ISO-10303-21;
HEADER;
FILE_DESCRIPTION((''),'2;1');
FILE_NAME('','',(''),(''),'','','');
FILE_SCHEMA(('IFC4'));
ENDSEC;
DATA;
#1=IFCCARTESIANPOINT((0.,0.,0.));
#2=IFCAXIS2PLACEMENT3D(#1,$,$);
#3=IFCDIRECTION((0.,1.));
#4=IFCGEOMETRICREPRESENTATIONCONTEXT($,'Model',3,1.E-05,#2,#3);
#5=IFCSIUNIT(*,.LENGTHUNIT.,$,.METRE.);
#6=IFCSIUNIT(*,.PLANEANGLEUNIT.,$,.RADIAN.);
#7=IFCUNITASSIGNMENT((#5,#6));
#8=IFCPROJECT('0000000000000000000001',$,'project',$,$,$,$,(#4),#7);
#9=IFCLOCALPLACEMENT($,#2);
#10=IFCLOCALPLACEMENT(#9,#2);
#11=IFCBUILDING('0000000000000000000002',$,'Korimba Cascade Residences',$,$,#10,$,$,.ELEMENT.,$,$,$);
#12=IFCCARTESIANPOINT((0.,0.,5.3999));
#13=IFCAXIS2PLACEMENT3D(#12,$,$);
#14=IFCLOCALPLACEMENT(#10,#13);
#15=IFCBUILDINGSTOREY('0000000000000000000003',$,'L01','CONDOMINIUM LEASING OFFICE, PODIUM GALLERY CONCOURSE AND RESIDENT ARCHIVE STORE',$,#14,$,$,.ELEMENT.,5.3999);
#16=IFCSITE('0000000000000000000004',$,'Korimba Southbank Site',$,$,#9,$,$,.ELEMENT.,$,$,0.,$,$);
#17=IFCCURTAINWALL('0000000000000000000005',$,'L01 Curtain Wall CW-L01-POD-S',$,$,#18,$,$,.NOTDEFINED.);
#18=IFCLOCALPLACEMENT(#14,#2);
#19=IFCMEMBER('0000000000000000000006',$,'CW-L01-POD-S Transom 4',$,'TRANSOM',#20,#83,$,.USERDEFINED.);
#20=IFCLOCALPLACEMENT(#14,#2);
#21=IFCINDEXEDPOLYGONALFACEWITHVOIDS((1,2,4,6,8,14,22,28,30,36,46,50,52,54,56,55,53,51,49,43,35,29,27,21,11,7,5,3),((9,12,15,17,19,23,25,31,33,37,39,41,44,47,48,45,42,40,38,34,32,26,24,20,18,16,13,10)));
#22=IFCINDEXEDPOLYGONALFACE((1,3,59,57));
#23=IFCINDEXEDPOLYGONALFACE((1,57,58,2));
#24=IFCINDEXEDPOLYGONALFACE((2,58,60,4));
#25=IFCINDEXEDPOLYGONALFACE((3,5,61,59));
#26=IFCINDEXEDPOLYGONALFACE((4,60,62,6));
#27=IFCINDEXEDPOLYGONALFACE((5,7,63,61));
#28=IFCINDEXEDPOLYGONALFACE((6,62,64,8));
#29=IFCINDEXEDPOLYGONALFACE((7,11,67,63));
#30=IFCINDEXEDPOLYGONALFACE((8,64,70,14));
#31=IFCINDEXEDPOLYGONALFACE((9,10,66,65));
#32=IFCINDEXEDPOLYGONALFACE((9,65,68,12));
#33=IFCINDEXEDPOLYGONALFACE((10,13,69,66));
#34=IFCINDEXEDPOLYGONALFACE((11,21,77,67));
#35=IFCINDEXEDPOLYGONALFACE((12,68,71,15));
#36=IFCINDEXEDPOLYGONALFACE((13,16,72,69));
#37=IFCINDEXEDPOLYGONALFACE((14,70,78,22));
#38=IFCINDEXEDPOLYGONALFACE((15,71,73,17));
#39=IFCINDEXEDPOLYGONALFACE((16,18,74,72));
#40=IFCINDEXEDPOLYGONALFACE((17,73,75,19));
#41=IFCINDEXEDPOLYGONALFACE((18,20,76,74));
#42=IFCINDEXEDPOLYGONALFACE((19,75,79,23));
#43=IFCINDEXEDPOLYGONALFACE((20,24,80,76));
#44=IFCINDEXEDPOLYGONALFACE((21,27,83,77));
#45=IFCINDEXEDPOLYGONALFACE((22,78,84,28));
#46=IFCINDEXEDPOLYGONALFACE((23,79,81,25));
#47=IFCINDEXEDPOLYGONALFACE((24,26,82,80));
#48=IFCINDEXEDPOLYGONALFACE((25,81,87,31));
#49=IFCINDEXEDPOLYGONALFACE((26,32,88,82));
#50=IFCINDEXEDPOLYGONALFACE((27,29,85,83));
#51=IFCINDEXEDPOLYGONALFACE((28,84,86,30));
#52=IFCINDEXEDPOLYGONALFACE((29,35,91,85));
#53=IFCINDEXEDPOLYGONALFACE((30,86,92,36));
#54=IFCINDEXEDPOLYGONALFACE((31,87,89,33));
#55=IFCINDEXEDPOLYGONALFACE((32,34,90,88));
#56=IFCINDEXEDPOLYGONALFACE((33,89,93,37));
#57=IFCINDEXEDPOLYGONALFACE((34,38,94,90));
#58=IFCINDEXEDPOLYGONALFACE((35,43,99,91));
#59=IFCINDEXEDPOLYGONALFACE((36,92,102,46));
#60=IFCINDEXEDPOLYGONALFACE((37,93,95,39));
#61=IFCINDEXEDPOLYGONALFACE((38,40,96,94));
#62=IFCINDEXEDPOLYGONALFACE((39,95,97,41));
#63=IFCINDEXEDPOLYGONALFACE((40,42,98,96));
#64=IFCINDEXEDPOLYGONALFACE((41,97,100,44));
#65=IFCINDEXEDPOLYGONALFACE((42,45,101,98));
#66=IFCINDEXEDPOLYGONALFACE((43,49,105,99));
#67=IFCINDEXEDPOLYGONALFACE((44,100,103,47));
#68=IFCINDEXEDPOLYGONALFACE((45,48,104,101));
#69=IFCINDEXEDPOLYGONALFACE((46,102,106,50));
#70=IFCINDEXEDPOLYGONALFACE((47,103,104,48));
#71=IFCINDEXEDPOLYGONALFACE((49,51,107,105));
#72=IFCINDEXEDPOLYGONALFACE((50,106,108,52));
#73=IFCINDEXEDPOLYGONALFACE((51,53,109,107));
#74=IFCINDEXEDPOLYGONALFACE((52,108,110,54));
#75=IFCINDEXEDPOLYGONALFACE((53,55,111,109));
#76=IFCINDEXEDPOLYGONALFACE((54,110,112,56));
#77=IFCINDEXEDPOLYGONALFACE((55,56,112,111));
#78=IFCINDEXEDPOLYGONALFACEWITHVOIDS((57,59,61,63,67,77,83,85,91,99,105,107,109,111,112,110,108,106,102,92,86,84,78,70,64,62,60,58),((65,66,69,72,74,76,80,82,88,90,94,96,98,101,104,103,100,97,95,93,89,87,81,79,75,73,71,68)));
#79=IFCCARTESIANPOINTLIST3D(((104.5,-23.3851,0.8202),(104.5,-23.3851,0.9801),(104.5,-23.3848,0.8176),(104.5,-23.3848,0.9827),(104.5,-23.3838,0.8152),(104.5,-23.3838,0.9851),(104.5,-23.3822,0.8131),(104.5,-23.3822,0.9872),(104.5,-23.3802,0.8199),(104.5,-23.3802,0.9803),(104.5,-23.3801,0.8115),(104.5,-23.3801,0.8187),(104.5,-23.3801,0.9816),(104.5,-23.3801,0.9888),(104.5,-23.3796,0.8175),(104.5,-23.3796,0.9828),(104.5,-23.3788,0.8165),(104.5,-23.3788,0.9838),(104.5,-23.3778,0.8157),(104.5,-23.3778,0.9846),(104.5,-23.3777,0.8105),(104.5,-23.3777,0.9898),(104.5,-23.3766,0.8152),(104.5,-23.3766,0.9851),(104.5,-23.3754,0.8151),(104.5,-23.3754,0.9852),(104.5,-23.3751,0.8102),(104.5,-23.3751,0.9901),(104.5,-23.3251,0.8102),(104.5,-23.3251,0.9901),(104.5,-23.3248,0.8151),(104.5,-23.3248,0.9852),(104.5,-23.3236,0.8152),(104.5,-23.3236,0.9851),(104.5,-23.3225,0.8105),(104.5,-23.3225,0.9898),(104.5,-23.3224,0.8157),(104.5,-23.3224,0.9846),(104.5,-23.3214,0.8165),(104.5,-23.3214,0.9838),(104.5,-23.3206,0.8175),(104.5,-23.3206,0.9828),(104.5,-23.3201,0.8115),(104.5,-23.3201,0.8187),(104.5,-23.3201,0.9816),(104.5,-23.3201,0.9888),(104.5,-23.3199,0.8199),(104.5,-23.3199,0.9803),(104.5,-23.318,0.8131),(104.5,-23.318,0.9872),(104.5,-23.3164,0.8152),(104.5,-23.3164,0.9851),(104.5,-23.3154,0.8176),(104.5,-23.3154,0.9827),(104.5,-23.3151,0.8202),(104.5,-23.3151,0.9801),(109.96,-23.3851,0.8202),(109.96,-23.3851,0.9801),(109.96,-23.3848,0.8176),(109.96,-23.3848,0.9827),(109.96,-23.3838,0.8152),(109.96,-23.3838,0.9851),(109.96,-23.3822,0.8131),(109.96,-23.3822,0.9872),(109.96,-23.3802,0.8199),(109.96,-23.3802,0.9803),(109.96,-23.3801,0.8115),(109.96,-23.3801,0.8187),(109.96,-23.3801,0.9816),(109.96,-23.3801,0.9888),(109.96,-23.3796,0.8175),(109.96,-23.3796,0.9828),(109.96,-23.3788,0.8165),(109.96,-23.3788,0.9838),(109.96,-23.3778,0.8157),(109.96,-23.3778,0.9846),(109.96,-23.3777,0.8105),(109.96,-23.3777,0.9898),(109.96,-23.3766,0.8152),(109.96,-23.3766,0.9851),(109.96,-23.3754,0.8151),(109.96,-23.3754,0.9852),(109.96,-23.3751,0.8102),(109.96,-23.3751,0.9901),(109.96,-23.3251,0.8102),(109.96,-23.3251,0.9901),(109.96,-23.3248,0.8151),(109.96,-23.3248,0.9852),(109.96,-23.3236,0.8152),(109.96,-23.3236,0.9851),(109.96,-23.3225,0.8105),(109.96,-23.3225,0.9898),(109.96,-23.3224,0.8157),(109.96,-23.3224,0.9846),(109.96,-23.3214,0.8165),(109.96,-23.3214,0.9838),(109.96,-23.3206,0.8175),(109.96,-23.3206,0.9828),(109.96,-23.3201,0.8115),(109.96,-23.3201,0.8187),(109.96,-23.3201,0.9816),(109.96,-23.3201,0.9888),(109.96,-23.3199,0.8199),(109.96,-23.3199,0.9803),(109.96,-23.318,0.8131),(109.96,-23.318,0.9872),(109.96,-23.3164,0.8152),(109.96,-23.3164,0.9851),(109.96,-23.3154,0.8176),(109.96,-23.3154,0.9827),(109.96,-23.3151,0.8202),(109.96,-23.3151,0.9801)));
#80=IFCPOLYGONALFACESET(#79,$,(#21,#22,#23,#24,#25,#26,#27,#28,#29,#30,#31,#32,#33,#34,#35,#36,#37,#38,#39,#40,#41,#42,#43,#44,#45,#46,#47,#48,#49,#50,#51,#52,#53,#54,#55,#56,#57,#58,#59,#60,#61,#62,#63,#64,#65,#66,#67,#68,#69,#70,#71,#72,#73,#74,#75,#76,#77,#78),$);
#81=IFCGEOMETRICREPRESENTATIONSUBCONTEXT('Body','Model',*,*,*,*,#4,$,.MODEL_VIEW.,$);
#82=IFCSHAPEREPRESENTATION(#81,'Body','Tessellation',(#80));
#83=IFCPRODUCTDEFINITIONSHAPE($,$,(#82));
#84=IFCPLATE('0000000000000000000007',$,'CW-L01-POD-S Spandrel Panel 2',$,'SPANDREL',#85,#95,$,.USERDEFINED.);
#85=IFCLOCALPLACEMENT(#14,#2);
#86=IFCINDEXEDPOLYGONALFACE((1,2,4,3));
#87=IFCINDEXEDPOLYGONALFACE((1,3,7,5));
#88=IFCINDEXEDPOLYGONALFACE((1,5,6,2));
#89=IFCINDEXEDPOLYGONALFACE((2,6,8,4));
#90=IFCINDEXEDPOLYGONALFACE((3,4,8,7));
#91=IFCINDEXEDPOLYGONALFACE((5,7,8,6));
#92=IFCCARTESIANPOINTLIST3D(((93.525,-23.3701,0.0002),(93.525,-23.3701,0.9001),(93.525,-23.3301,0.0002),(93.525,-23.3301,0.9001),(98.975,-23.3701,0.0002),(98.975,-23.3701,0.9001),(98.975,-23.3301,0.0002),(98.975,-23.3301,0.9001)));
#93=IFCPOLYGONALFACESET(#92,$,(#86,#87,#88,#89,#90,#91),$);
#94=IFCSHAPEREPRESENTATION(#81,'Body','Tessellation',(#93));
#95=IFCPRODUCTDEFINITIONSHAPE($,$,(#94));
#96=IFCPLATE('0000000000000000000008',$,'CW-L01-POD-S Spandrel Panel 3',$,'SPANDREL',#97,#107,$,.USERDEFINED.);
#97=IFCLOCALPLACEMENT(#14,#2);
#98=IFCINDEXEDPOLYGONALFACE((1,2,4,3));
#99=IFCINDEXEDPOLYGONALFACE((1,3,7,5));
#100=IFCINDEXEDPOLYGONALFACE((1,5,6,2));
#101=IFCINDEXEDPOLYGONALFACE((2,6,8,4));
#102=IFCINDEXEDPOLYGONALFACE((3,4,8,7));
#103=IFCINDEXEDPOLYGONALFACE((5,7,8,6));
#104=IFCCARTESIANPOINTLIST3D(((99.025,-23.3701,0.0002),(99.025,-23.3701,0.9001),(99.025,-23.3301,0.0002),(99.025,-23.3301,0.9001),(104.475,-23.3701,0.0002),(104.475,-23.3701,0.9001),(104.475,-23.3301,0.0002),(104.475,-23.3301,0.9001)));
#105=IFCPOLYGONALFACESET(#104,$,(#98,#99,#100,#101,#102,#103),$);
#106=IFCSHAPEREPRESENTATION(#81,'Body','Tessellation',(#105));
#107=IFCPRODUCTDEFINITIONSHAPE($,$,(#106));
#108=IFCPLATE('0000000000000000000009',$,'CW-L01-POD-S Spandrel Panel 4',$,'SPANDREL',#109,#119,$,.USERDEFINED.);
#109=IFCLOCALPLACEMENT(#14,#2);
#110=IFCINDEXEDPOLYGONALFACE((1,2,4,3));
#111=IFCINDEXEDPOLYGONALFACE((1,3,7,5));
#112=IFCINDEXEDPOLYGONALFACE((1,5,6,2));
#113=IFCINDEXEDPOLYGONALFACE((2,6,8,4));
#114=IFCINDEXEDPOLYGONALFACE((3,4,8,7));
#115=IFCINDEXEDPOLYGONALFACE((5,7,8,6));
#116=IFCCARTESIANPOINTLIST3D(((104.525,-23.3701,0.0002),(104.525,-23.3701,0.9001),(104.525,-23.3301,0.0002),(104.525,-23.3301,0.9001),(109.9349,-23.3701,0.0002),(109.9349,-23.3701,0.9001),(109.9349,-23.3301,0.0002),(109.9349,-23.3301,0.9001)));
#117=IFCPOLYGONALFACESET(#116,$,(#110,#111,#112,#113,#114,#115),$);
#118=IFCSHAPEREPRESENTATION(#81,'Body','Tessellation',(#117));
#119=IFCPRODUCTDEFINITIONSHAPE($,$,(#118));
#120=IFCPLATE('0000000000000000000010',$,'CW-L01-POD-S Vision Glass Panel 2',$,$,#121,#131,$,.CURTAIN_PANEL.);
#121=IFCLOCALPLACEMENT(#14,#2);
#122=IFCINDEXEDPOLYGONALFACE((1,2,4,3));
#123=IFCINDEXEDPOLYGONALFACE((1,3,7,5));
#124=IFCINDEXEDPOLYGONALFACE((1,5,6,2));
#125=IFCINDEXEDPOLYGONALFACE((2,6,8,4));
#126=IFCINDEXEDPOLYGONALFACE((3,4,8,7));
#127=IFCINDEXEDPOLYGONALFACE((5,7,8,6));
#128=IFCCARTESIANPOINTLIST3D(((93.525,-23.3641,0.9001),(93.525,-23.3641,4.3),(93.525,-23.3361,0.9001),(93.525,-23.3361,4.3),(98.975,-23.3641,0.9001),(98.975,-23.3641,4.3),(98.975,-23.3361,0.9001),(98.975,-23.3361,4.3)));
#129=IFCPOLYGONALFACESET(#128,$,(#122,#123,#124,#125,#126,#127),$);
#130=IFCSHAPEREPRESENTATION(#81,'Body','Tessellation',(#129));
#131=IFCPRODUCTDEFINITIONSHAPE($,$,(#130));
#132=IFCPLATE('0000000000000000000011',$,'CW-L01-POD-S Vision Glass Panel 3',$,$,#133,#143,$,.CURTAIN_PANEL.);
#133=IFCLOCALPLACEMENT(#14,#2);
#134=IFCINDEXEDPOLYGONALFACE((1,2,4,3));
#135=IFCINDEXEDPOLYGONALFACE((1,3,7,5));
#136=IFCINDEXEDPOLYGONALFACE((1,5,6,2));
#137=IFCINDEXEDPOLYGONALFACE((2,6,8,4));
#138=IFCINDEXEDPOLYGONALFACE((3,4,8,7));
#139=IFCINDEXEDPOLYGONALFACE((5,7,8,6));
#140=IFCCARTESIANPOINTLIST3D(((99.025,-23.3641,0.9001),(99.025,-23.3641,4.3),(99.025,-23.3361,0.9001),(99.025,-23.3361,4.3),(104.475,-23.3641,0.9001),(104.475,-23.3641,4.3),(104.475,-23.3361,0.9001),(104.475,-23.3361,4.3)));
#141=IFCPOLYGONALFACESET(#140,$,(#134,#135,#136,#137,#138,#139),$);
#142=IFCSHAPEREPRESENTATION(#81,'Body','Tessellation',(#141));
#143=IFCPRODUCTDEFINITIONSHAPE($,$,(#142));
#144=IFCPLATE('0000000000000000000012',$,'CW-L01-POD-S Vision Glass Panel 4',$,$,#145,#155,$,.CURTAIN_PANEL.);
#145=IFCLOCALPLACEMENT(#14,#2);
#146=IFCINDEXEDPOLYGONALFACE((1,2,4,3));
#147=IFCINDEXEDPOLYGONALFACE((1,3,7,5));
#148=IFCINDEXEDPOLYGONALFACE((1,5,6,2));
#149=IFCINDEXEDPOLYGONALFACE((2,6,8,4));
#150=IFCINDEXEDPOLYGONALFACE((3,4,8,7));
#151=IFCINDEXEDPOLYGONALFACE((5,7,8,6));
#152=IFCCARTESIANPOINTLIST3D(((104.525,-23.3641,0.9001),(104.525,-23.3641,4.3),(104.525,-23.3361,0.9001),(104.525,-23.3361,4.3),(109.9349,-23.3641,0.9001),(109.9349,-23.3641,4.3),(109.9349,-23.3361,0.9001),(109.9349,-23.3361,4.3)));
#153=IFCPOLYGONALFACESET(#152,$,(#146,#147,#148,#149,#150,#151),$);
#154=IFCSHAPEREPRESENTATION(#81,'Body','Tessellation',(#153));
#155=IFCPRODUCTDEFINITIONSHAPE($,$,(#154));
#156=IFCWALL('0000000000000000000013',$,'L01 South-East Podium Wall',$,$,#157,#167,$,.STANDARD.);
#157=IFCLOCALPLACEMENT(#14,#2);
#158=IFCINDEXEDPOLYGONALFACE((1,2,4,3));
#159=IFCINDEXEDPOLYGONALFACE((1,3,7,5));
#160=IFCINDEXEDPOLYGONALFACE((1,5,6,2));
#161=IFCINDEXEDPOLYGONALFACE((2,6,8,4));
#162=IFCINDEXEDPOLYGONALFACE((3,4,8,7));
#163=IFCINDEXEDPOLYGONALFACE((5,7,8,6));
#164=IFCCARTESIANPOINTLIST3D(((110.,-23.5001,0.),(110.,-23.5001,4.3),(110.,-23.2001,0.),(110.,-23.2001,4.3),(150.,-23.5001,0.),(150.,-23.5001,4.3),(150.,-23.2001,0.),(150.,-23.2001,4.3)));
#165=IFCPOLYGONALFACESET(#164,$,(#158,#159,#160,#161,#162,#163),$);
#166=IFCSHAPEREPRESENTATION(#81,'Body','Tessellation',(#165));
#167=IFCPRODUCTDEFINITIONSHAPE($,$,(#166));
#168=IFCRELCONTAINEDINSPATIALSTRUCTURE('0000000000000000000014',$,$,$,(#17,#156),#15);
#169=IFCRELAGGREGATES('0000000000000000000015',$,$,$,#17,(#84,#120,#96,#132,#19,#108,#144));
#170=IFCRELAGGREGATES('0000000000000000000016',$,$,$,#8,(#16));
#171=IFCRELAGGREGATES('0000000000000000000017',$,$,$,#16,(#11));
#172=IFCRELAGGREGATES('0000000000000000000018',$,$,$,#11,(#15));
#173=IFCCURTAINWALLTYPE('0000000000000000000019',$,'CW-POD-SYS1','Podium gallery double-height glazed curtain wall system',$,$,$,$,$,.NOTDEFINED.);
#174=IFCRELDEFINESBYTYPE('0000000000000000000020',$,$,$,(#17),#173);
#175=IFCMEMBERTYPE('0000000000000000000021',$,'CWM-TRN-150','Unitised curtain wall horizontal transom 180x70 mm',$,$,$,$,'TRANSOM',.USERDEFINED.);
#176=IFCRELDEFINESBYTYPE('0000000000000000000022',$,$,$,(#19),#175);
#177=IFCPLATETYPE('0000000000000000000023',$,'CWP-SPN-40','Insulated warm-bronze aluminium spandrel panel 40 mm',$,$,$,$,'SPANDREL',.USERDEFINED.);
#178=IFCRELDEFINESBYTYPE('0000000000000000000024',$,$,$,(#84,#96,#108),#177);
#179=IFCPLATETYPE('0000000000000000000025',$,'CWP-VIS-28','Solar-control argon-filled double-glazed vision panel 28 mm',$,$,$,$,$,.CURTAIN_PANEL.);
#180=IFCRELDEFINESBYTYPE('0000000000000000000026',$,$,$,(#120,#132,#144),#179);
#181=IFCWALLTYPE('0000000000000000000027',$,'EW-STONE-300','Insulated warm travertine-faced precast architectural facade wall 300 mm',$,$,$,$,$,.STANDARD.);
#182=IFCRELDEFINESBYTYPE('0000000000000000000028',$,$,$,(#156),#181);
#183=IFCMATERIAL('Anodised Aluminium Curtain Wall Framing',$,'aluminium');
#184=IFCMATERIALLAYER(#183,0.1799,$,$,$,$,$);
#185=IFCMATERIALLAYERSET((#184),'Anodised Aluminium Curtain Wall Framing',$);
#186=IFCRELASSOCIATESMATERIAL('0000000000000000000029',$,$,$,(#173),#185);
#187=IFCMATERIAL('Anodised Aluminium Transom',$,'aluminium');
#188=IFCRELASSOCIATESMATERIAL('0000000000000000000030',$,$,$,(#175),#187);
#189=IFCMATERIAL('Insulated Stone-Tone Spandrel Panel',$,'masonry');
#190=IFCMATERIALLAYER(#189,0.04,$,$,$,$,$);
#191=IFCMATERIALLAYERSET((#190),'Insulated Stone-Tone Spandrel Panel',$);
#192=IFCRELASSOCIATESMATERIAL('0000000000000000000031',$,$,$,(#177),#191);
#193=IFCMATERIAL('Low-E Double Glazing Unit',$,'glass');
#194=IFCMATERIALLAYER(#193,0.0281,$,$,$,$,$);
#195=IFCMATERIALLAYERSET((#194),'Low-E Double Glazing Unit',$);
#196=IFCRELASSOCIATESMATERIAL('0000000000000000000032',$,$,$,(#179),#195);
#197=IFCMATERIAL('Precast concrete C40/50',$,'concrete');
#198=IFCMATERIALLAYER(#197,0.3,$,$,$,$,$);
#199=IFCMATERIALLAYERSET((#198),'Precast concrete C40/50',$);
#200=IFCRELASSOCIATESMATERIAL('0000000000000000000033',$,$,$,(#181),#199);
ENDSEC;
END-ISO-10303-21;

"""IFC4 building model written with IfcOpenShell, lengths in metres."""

from ifc_helpers import new_model, si_unit, direction, frame, frame_2d, origin, origin_2d, place, context, subcontext, project, spatial, rectangle, hollow_rectangle, extrude, material, layer, layer_set, material_profile, profile_set, type_object, element, aggregate, save


model = new_model("IFC4")

# Units and contexts
model_context = context("Model", 3, precision=1e-05, world=origin(), true_north=direction((0.0, 1.0)))
body_context = subcontext(model_context, "Body", "Model", "MODEL_VIEW")
ifc_project = project(units=[si_unit("LENGTHUNIT", "METRE"), si_unit("PLANEANGLEUNIT", "RADIAN")], contexts=[model_context])

# Site, building, storey
site_placement = place(None, origin())
site = spatial("IfcSite", under=ifc_project, at=site_placement, Name="Korimba Southbank Site", CompositionType="ELEMENT", RefElevation=0.0)
building_placement = place(site_placement, origin())
building = spatial("IfcBuilding", under=site, at=building_placement, Name="Korimba Cascade Residences", CompositionType="ELEMENT")
storey_placement = place(building_placement, frame((0.0, 0.0, 5.3999)))
storey = spatial("IfcBuildingStorey", under=building, at=storey_placement, Name="L01", Description="CONDOMINIUM LEASING OFFICE, PODIUM GALLERY CONCOURSE AND RESIDENT ARCHIVE STORE", CompositionType="ELEMENT", Elevation=5.3999)

# Curtain wall, member, plates
ifc_material_1 = material(Name="Anodised Aluminium Curtain Wall Framing", Category="aluminium")
ifc_layer_1 = layer(ifc_material_1, 0.1799)
ifc_layer_set_1 = layer_set([ifc_layer_1], Name="Anodised Aluminium Curtain Wall Framing")
curtain_wall_type = type_object("IfcCurtainWallType", Name="CW-POD-SYS1", Description="Podium gallery double-height glazed curtain wall system", PredefinedType="NOTDEFINED", material=ifc_layer_set_1)
curtain_wall_placement = place(storey_placement, origin())
curtain_wall = element("IfcCurtainWall", 1, at=curtain_wall_placement, inside=storey, type_object=curtain_wall_type, Name="L01 Curtain Wall CW-L01-POD-S", PredefinedType="NOTDEFINED")
ifc_material_2 = material(Name="Anodised Aluminium Transom", Category="aluminium")
ifc_material_profile_1 = material_profile(ifc_material_2, hollow_rectangle(XDim=0.0701, YDim=0.1799, WallThickness=0.0049, InnerFilletRadius=0.0049, OuterFilletRadius=0.01, at=origin_2d()), Name="Anodised Aluminium Transom")
ifc_profile_set_1 = profile_set([ifc_material_profile_1], Name="Anodised Aluminium Transom")
member_type_1 = type_object("IfcMemberType", Name="CWM-TRN-150", Description="Unitised curtain wall horizontal transom 180x70 mm", ElementType="TRANSOM", PredefinedType="USERDEFINED", material=ifc_profile_set_1)
member_1_placement = place(storey_placement, frame((104.5, -23.3501, 0.9001), z_axis=(1.0, 0.0, 0.0), x_axis=(0.0, 1.0, 0.0)))
member_1 = element("IfcMember", 2, at=member_1_placement, type_object=member_type_1, Name="CW-L01-POD-S Transom 4", ObjectType="TRANSOM", PredefinedType="USERDEFINED", context=body_context, shape_type="SweptSolid", body=[
    extrude(hollow_rectangle(XDim=0.0701, YDim=0.1799, WallThickness=0.0049, InnerFilletRadius=0.0049, OuterFilletRadius=0.01, at=origin_2d()), origin(), (0.0, 0.0, 1.0), 5.46),
])
ifc_material_3 = material(Name="Insulated Stone-Tone Spandrel Panel", Category="masonry")
ifc_layer_2 = layer(ifc_material_3, 0.04)
ifc_layer_set_2 = layer_set([ifc_layer_2], Name="Insulated Stone-Tone Spandrel Panel")
plate_type_1 = type_object("IfcPlateType", Name="CWP-SPN-40", Description="Insulated warm-bronze aluminium spandrel panel 40 mm", ElementType="SPANDREL", PredefinedType="USERDEFINED", material=ifc_layer_set_2)
plate_1_placement = place(storey_placement, frame((96.25, -23.3501, 0.0002), z_axis=(0.0, 0.0, 1.0), x_axis=(1.0, 0.0, 0.0)))
plate_1 = element("IfcPlate", 3, at=plate_1_placement, type_object=plate_type_1, Name="CW-L01-POD-S Spandrel Panel 2", ObjectType="SPANDREL", PredefinedType="USERDEFINED", context=body_context, shape_type="SweptSolid", body=[
    extrude(rectangle(XDim=5.45, YDim=0.04, at=origin_2d()), origin(), (0.0, 0.0, 1.0), 0.8999),
])
plate_2_placement = place(storey_placement, frame((101.75, -23.3501, 0.0002), z_axis=(0.0, 0.0, 1.0), x_axis=(1.0, 0.0, 0.0)))
plate_2 = element("IfcPlate", 4, at=plate_2_placement, type_object=plate_type_1, Name="CW-L01-POD-S Spandrel Panel 3", ObjectType="SPANDREL", PredefinedType="USERDEFINED", context=body_context, shape_type="SweptSolid", body=[
    extrude(rectangle(XDim=5.45, YDim=0.04, at=origin_2d()), origin(), (0.0, 0.0, 1.0), 0.8999),
])
plate_3_placement = place(storey_placement, frame((107.23, -23.3501, 0.0002), z_axis=(0.0, 0.0, 1.0), x_axis=(1.0, 0.0, 0.0)))
plate_3 = element("IfcPlate", 5, at=plate_3_placement, type_object=plate_type_1, Name="CW-L01-POD-S Spandrel Panel 4", ObjectType="SPANDREL", PredefinedType="USERDEFINED", context=body_context, shape_type="SweptSolid", body=[
    extrude(rectangle(XDim=5.4099, YDim=0.04, at=origin_2d()), origin(), (0.0, 0.0, 1.0), 0.8999),
])
ifc_material_4 = material(Name="Low-E Double Glazing Unit", Category="glass")
ifc_layer_3 = layer(ifc_material_4, 0.0281)
ifc_layer_set_3 = layer_set([ifc_layer_3], Name="Low-E Double Glazing Unit")
plate_type_2 = type_object("IfcPlateType", Name="CWP-VIS-28", Description="Solar-control argon-filled double-glazed vision panel 28 mm", PredefinedType="CURTAIN_PANEL", material=ifc_layer_set_3)
plate_4_placement = place(storey_placement, frame((96.25, -23.3501, 0.9001), z_axis=(0.0, 0.0, 1.0), x_axis=(1.0, 0.0, 0.0)))
plate_4 = element("IfcPlate", 6, at=plate_4_placement, type_object=plate_type_2, Name="CW-L01-POD-S Vision Glass Panel 2", PredefinedType="CURTAIN_PANEL", context=body_context, shape_type="SweptSolid", body=[
    extrude(rectangle(XDim=5.45, YDim=0.0281, at=origin_2d()), origin(), (0.0, 0.0, 1.0), 3.3999),
])
plate_5_placement = place(storey_placement, frame((101.75, -23.3501, 0.9001), z_axis=(0.0, 0.0, 1.0), x_axis=(1.0, 0.0, 0.0)))
plate_5 = element("IfcPlate", 7, at=plate_5_placement, type_object=plate_type_2, Name="CW-L01-POD-S Vision Glass Panel 3", PredefinedType="CURTAIN_PANEL", context=body_context, shape_type="SweptSolid", body=[
    extrude(rectangle(XDim=5.45, YDim=0.0281, at=origin_2d()), origin(), (0.0, 0.0, 1.0), 3.3999),
])
plate_6_placement = place(storey_placement, frame((107.23, -23.3501, 0.9001), z_axis=(0.0, 0.0, 1.0), x_axis=(1.0, 0.0, 0.0)))
plate_6 = element("IfcPlate", 8, at=plate_6_placement, type_object=plate_type_2, Name="CW-L01-POD-S Vision Glass Panel 4", PredefinedType="CURTAIN_PANEL", context=body_context, shape_type="SweptSolid", body=[
    extrude(rectangle(XDim=5.4099, YDim=0.0281, at=origin_2d()), origin(), (0.0, 0.0, 1.0), 3.3999),
])
aggregate(curtain_wall, [plate_1, plate_4, plate_2, plate_5, member_1, plate_3, plate_6])

# Wall
ifc_material_5 = material(Name="Precast concrete C40/50", Category="concrete")
ifc_layer_4 = layer(ifc_material_5, 0.3)
ifc_layer_set_4 = layer_set([ifc_layer_4], Name="Precast concrete C40/50")
wall_type_1 = type_object("IfcWallType", Name="EW-STONE-300", Description="Insulated warm travertine-faced precast architectural facade wall 300 mm", PredefinedType="STANDARD", material=ifc_layer_set_4)
wall_1_placement = place(storey_placement, frame((110.0, -23.3501, 0.0), z_axis=(0.0, 0.0, 1.0), x_axis=(1.0, 0.0, 0.0)))
element("IfcWall", 9, at=wall_1_placement, inside=storey, type_object=wall_type_1, Name="L01 South-East Podium Wall", PredefinedType="STANDARD", context=body_context, shape_type="SweptSolid", body=[
    extrude(rectangle(XDim=40.0, YDim=0.3, at=frame_2d((20.0, 0.0))), origin(), (0.0, 0.0, 1.0), 4.3),
])

save(model, "model.ifc")
